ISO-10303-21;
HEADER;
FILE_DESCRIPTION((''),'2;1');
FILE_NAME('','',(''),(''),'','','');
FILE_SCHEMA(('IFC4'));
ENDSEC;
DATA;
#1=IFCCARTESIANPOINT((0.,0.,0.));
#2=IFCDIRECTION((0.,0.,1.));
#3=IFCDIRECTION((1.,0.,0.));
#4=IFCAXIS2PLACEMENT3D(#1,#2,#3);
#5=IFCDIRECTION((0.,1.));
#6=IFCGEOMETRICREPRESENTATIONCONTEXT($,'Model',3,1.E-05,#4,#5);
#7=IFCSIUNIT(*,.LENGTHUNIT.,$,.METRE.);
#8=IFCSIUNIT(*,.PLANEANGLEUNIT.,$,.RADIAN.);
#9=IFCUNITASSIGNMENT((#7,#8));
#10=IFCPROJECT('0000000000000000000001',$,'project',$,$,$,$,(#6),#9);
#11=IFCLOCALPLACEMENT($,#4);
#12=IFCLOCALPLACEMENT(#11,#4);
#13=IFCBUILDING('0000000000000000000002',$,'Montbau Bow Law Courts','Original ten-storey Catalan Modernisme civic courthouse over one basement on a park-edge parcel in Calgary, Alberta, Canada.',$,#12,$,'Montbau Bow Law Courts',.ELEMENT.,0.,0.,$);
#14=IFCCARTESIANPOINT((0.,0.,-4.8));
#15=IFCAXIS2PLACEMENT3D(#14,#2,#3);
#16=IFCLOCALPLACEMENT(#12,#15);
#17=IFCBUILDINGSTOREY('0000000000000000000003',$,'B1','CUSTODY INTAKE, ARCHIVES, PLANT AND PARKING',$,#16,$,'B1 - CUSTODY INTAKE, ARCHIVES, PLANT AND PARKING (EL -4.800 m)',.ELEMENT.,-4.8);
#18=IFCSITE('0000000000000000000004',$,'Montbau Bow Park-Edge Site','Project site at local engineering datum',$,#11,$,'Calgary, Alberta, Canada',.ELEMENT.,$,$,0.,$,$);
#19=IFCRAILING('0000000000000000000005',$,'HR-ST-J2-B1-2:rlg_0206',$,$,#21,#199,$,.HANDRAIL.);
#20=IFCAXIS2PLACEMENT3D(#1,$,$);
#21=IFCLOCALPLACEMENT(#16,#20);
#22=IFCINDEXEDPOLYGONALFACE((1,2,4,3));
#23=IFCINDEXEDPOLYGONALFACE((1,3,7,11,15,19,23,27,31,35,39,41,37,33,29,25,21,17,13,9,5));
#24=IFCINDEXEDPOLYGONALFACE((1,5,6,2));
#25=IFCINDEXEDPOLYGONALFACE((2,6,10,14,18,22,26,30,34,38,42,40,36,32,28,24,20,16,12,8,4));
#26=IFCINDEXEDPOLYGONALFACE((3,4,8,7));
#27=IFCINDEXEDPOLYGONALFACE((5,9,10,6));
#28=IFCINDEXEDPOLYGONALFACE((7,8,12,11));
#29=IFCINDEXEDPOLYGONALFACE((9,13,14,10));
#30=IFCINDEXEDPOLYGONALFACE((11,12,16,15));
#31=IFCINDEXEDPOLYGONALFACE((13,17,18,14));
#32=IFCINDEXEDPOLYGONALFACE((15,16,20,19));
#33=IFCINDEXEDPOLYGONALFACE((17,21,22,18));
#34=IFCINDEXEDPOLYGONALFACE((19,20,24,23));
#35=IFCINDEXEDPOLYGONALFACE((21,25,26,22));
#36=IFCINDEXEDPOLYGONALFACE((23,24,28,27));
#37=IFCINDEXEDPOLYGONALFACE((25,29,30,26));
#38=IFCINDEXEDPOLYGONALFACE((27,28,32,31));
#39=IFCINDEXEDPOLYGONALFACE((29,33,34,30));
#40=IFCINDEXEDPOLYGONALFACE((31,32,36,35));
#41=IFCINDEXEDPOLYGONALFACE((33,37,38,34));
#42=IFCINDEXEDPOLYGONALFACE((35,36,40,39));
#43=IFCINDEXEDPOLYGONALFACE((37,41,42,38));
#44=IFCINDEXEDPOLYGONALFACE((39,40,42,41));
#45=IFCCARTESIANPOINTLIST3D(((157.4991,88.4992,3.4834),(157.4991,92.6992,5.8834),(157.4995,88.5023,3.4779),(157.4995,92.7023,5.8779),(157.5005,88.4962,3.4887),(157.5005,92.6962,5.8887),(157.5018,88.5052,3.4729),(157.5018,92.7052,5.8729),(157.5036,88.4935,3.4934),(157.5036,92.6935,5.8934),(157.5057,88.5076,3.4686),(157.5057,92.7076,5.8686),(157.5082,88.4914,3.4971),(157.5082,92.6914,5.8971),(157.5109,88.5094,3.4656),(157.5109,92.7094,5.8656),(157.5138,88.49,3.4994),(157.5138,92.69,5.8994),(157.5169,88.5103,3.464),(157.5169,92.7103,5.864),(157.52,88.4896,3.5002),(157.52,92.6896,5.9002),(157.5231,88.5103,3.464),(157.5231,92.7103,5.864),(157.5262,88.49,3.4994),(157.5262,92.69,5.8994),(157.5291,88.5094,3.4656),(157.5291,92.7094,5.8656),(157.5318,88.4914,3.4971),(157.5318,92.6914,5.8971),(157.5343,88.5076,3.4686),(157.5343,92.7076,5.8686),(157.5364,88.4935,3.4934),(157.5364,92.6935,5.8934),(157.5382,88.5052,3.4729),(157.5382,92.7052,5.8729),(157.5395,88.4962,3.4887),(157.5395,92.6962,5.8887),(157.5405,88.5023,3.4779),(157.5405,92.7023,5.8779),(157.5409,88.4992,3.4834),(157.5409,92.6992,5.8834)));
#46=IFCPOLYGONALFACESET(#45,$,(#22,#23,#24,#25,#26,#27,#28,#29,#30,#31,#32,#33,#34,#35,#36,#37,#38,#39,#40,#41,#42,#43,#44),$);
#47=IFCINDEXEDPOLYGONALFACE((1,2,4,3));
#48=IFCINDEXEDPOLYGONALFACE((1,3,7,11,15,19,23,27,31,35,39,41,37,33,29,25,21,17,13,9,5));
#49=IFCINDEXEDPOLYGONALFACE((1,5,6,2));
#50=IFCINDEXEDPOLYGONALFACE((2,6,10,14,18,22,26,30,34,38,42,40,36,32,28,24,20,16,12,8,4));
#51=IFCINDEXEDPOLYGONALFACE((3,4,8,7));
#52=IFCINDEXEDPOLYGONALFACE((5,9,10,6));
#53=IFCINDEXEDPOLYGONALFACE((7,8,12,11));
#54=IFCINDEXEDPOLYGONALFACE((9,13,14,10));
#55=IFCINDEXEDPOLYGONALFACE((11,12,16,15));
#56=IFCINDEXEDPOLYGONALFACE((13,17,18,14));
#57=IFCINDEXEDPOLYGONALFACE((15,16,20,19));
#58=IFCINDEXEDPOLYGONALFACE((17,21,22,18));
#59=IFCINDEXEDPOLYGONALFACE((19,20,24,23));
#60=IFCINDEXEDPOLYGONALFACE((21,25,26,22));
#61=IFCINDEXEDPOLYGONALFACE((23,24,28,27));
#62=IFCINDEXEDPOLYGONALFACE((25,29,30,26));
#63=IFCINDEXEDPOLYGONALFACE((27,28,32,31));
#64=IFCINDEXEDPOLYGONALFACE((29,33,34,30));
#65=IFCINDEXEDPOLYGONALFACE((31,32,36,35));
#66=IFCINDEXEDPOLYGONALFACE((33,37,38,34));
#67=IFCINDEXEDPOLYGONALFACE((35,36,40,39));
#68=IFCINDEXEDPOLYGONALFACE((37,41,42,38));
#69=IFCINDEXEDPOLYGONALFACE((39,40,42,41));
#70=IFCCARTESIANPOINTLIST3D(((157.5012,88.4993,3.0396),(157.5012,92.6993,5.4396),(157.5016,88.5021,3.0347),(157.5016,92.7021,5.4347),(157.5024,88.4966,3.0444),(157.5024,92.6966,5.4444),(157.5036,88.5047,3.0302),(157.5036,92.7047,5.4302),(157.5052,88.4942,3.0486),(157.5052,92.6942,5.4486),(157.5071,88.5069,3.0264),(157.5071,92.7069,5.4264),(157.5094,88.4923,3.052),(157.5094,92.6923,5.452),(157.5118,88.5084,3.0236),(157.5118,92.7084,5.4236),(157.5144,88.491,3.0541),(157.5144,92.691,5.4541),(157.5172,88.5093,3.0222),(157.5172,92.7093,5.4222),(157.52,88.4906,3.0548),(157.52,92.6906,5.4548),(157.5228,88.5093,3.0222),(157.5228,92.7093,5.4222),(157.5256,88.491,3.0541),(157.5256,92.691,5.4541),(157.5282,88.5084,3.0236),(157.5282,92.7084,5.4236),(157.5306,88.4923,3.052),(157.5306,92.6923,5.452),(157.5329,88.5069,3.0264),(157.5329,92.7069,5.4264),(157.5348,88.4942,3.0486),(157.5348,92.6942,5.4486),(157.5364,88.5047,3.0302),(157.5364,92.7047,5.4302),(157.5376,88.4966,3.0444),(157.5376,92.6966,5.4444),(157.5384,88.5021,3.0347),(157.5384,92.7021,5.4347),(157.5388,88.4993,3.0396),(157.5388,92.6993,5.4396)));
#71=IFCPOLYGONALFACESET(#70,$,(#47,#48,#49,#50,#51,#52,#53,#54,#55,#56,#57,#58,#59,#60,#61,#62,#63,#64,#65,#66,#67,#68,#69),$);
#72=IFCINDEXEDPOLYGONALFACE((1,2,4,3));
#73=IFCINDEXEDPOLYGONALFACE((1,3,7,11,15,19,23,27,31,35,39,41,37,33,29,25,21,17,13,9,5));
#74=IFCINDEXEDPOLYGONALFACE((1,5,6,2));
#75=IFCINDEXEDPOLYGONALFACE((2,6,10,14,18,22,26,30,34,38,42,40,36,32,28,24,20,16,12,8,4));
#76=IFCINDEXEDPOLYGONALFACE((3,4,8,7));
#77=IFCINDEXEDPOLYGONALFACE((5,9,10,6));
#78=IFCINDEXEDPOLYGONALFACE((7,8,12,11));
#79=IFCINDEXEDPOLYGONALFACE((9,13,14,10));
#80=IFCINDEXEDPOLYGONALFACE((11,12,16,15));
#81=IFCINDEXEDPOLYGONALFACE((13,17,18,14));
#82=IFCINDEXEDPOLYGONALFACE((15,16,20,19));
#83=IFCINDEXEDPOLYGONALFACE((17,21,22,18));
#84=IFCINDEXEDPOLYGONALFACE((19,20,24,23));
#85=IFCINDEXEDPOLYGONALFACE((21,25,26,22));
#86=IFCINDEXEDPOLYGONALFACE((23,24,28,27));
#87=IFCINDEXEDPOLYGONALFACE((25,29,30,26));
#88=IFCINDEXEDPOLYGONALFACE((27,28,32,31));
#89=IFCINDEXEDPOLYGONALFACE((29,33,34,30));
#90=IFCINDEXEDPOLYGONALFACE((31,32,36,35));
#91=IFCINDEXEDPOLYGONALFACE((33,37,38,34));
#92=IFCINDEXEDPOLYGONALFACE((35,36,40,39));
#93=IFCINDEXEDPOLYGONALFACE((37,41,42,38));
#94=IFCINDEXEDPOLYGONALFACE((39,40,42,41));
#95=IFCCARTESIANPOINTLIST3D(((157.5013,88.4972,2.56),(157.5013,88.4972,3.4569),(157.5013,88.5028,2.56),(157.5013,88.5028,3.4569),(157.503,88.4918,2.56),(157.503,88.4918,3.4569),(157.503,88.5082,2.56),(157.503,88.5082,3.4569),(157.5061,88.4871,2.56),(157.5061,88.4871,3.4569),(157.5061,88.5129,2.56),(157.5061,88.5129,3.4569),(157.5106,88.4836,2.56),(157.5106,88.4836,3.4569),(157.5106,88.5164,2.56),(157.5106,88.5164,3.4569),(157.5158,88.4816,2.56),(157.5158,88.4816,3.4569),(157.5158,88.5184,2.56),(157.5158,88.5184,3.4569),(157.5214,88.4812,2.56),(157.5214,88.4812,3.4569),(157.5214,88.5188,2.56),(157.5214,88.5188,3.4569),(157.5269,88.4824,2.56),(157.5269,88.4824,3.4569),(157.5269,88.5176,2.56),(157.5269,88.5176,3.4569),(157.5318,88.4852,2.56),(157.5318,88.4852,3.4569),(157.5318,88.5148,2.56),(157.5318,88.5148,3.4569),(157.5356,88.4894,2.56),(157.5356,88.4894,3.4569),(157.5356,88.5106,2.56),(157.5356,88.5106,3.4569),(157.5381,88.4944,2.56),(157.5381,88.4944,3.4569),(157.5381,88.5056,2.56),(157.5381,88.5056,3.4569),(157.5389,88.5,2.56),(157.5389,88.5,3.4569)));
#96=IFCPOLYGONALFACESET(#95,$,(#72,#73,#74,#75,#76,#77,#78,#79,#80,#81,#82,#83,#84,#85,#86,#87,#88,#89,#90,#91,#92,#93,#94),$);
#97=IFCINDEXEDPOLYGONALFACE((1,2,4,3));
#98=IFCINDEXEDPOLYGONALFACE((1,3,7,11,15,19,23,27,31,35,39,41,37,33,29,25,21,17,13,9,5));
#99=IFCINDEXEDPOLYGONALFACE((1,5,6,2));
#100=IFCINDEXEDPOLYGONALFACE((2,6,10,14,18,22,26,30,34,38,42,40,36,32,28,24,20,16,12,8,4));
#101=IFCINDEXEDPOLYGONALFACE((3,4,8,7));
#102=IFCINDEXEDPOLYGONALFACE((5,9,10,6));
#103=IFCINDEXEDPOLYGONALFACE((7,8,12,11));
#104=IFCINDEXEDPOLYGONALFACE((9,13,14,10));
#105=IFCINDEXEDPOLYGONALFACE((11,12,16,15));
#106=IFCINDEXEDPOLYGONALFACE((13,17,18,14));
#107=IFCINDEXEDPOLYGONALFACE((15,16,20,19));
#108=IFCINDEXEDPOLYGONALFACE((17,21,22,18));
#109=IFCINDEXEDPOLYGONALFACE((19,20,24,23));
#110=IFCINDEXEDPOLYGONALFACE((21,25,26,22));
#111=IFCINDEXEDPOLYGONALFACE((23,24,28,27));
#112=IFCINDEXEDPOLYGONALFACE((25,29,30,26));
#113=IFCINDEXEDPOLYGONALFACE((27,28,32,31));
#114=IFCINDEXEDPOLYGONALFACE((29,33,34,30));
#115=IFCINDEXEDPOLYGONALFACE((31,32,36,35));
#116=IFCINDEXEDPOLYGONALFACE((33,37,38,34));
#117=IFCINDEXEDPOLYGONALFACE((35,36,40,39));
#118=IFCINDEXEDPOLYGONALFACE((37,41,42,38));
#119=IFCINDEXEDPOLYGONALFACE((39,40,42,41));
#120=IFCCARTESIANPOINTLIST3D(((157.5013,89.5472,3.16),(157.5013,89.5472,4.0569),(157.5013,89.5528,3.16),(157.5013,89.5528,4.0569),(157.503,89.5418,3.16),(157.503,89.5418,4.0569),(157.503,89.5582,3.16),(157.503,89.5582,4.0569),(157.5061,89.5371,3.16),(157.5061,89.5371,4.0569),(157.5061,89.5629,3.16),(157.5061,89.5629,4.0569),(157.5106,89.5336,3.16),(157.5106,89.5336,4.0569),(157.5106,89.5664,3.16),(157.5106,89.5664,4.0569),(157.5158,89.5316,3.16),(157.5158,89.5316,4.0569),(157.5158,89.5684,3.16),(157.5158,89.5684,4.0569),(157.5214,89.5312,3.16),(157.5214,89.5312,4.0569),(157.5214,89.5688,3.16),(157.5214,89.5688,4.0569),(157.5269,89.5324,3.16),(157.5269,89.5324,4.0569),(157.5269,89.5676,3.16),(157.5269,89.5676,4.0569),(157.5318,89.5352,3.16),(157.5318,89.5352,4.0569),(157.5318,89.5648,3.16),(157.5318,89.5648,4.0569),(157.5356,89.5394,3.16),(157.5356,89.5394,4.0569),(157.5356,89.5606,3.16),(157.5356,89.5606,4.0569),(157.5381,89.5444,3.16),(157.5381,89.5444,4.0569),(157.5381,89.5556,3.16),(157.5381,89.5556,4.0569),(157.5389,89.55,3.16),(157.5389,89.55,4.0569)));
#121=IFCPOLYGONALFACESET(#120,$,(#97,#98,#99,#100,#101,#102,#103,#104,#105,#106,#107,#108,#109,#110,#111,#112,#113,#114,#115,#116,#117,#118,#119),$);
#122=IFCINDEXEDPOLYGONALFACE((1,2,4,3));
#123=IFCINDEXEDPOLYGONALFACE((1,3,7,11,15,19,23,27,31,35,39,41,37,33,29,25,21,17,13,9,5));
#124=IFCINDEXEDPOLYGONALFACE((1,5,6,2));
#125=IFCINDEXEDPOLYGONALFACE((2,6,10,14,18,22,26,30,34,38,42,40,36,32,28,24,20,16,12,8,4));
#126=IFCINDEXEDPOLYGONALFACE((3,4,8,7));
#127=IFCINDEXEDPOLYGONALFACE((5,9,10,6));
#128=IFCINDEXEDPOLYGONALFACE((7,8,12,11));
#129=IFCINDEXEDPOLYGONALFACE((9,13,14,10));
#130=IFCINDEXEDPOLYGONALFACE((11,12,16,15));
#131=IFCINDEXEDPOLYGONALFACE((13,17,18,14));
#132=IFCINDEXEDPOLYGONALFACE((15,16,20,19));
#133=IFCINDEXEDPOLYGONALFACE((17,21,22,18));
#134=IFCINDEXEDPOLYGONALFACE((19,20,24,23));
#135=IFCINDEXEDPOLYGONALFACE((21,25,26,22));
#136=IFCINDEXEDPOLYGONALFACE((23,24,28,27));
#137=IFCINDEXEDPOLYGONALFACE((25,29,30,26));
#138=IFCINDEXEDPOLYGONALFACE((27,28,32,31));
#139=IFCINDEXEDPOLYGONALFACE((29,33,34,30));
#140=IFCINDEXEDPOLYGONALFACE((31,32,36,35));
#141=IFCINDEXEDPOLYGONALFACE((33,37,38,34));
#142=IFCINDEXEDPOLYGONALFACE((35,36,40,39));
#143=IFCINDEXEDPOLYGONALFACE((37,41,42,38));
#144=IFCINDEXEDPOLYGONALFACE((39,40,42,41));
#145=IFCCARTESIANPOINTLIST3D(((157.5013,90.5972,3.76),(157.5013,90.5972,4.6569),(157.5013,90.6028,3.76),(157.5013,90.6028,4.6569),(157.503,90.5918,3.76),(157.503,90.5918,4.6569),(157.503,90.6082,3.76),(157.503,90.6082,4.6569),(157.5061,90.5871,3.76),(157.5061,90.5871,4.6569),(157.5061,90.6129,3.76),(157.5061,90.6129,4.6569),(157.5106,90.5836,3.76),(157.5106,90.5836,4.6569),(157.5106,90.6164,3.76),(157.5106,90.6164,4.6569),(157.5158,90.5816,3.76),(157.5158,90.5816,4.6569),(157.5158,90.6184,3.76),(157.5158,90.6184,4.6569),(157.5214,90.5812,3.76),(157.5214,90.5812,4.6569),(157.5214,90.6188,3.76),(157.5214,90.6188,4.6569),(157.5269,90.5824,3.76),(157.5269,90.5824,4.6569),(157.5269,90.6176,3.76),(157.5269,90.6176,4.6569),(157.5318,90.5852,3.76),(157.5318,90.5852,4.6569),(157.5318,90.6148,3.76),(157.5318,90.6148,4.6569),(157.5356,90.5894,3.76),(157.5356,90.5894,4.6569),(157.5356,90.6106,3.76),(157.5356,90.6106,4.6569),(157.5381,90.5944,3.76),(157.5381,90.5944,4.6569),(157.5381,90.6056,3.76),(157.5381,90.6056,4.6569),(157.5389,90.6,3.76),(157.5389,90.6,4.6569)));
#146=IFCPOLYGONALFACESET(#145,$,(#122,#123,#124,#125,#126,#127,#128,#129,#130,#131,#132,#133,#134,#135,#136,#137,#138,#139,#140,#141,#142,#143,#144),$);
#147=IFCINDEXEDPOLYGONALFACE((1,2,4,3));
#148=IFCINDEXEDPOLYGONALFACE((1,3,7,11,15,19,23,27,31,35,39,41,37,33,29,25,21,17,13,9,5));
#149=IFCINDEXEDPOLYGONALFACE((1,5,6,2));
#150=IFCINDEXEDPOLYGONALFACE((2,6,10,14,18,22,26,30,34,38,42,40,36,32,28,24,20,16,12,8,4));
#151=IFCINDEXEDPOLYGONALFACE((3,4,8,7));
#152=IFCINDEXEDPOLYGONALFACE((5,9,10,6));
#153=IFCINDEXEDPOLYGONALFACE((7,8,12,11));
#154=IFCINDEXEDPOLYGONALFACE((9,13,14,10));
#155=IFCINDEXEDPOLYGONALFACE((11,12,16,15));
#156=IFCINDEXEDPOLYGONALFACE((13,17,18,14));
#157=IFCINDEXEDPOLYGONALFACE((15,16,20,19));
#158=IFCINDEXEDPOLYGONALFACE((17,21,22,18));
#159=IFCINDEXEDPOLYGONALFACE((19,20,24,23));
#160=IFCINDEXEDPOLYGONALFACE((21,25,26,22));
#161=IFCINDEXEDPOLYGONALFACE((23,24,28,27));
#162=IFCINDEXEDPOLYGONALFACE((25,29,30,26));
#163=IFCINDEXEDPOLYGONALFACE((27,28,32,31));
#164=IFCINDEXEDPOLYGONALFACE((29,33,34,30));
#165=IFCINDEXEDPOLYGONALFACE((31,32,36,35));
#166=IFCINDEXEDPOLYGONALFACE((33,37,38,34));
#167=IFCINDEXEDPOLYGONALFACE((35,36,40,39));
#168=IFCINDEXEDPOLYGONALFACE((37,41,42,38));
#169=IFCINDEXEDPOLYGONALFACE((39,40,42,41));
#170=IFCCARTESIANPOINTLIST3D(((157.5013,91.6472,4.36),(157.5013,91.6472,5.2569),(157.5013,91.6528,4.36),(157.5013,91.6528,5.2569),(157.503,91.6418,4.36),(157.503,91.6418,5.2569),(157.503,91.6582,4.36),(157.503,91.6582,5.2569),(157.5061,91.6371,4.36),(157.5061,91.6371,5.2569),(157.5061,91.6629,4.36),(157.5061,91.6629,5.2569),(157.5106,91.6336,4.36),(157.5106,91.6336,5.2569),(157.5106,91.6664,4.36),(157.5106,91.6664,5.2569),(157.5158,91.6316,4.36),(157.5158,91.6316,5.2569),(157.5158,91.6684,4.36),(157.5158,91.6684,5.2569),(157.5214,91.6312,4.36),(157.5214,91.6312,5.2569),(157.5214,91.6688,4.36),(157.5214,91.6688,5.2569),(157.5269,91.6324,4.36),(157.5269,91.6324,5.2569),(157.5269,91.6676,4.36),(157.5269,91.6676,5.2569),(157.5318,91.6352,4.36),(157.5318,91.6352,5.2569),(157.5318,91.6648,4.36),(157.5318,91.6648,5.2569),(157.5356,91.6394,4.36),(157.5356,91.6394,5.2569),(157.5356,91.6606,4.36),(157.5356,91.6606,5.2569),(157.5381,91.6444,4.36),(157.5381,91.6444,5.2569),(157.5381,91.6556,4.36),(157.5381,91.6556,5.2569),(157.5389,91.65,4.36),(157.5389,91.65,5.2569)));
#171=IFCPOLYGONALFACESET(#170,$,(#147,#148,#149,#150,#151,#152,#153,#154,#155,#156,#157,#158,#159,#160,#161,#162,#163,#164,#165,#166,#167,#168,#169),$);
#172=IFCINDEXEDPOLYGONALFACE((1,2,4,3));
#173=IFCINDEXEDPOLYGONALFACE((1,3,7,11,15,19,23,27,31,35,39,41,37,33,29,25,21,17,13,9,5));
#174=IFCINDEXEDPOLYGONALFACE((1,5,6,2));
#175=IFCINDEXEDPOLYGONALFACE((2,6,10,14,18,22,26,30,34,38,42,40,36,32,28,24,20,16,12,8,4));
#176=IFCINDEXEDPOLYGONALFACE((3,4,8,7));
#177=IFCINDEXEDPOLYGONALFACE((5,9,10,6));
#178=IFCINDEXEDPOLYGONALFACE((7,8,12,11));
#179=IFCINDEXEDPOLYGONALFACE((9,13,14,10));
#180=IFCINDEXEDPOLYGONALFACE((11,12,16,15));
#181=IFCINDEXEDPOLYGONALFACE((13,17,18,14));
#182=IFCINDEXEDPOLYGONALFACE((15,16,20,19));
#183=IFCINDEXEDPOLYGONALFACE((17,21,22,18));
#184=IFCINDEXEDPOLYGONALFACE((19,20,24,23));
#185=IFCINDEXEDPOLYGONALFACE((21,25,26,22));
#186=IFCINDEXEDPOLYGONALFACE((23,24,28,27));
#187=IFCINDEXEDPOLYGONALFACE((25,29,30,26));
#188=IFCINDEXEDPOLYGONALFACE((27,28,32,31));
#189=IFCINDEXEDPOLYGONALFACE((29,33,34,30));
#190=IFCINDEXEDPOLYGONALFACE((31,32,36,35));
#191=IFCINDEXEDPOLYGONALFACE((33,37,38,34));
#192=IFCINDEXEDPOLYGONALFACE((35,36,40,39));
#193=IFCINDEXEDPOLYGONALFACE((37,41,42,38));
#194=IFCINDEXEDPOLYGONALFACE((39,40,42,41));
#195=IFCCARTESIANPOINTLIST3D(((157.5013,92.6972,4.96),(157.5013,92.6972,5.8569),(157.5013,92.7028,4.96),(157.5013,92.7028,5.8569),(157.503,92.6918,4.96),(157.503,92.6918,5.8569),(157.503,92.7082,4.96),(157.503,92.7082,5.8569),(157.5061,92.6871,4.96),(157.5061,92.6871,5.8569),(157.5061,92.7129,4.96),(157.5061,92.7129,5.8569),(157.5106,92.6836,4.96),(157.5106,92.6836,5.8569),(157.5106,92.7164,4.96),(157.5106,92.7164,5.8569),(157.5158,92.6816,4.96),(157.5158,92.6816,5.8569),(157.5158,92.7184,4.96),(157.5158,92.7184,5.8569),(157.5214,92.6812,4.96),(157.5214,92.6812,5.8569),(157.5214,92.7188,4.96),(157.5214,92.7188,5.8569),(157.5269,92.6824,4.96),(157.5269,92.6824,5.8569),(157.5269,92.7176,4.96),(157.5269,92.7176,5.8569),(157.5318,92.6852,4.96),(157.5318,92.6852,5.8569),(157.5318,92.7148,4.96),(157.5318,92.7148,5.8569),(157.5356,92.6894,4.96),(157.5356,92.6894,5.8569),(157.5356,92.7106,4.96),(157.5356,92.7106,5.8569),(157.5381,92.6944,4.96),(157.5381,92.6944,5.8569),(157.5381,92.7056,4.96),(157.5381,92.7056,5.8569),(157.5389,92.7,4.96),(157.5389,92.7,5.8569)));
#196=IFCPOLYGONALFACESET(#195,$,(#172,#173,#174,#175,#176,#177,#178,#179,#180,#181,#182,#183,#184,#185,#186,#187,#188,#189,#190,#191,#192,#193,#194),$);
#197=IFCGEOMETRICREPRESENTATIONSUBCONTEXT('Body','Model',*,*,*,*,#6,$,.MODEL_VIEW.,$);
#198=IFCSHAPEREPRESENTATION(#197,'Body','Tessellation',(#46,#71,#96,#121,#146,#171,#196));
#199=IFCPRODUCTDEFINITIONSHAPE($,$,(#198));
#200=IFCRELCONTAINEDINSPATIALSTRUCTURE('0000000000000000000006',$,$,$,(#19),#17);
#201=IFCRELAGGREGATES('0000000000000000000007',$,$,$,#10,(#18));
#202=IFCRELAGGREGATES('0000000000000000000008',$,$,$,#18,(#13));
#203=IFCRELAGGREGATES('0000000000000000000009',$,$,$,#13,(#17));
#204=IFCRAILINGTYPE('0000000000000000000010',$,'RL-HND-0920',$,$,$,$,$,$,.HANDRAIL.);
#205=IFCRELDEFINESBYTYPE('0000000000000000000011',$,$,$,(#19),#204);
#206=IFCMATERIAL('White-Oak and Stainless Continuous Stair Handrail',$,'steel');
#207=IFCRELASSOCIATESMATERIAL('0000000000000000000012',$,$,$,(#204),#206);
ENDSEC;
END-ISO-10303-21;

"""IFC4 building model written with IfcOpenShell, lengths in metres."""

from ifc_helpers import new_model, si_unit, direction, frame, origin_with_axes, origin_2d_with_axis, place, context, subcontext, project, spatial, circle, extrude, material, type_object, element, save


model = new_model("IFC4")

# Units and contexts
model_context = context("Model", 3, precision=1e-05, world=origin_with_axes(), true_north=direction((0.0, 1.0)))
body_context = subcontext(model_context, "Body", "Model", "MODEL_VIEW")
ifc_project = project(units=[si_unit("LENGTHUNIT", "METRE"), si_unit("PLANEANGLEUNIT", "RADIAN")], contexts=[model_context])

# Site, building, storey
site_placement = place(None, origin_with_axes())
site = spatial("IfcSite", under=ifc_project, at=site_placement, Name="Montbau Bow Park-Edge Site", Description="Project site at local engineering datum", LongName="Calgary, Alberta, Canada", CompositionType="ELEMENT", RefElevation=0.0)
building_placement = place(site_placement, origin_with_axes())
building = spatial("IfcBuilding", under=site, at=building_placement, Name="Montbau Bow Law Courts", Description="Original ten-storey Catalan Modernisme civic courthouse over one basement on a park-edge parcel in Calgary, Alberta, Canada.", LongName="Montbau Bow Law Courts", CompositionType="ELEMENT", ElevationOfRefHeight=0.0, ElevationOfTerrain=0.0)
storey_placement = place(building_placement, frame((0.0, 0.0, -4.8), z_axis=(0.0, 0.0, 1.0), x_axis=(1.0, 0.0, 0.0)))
storey = spatial("IfcBuildingStorey", under=building, at=storey_placement, Name="B1", Description="CUSTODY INTAKE, ARCHIVES, PLANT AND PARKING", LongName="B1 - CUSTODY INTAKE, ARCHIVES, PLANT AND PARKING (EL -4.800 m)", CompositionType="ELEMENT", Elevation=-4.8)

# Railing
ifc_material_1 = material(Name="White-Oak and Stainless Continuous Stair Handrail", Category="steel")
railing_type_1 = type_object("IfcRailingType", Name="RL-HND-0920", PredefinedType="HANDRAIL", material=ifc_material_1)
railing_1_placement = place(None, origin_with_axes())
element("IfcRailing", 1, at=railing_1_placement, inside=storey, type_object=railing_type_1, Name="HR-ST-J2-B1-2:rlg_0206", PredefinedType="HANDRAIL", context=body_context, shape_type="SweptSolid", body=[
    extrude(circle(Radius=0.021, at=origin_2d_with_axis()), frame((157.52, 88.5, -1.318), z_axis=(0.0, 0.868243, 0.496139), x_axis=(0.0, -0.496139, 0.868243)), (0.0, 0.0, 1.0), 4.8374),
    extrude(circle(Radius=0.0189, at=origin_2d_with_axis()), frame((157.52, 88.5, -1.7616), z_axis=(0.0, 0.868243, 0.496139), x_axis=(0.0, -0.496139, 0.868243)), (0.0, 0.0, 1.0), 4.8374),
    extrude(circle(Radius=0.0189, at=origin_2d_with_axis()), frame((157.52, 88.5, -2.24), z_axis=(0.0, 0.0, 1.0), x_axis=(1.0, 0.0, 0.0)), (0.0, 0.0, 1.0), 0.8969),
    extrude(circle(Radius=0.0189, at=origin_2d_with_axis()), frame((157.52, 89.55, -1.64), z_axis=(0.0, 0.0, 1.0), x_axis=(1.0, 0.0, 0.0)), (0.0, 0.0, 1.0), 0.8969),
    extrude(circle(Radius=0.0189, at=origin_2d_with_axis()), frame((157.52, 90.6, -1.04), z_axis=(0.0, 0.0, 1.0), x_axis=(1.0, 0.0, 0.0)), (0.0, 0.0, 1.0), 0.8969),
    extrude(circle(Radius=0.0189, at=origin_2d_with_axis()), frame((157.52, 91.65, -0.44), z_axis=(0.0, 0.0, 1.0), x_axis=(1.0, 0.0, 0.0)), (0.0, 0.0, 1.0), 0.8969),
    extrude(circle(Radius=0.0189, at=origin_2d_with_axis()), frame((157.52, 92.7, 0.16), z_axis=(0.0, 0.0, 1.0), x_axis=(1.0, 0.0, 0.0)), (0.0, 0.0, 1.0), 0.8969),
])

save(model, "model.ifc")
